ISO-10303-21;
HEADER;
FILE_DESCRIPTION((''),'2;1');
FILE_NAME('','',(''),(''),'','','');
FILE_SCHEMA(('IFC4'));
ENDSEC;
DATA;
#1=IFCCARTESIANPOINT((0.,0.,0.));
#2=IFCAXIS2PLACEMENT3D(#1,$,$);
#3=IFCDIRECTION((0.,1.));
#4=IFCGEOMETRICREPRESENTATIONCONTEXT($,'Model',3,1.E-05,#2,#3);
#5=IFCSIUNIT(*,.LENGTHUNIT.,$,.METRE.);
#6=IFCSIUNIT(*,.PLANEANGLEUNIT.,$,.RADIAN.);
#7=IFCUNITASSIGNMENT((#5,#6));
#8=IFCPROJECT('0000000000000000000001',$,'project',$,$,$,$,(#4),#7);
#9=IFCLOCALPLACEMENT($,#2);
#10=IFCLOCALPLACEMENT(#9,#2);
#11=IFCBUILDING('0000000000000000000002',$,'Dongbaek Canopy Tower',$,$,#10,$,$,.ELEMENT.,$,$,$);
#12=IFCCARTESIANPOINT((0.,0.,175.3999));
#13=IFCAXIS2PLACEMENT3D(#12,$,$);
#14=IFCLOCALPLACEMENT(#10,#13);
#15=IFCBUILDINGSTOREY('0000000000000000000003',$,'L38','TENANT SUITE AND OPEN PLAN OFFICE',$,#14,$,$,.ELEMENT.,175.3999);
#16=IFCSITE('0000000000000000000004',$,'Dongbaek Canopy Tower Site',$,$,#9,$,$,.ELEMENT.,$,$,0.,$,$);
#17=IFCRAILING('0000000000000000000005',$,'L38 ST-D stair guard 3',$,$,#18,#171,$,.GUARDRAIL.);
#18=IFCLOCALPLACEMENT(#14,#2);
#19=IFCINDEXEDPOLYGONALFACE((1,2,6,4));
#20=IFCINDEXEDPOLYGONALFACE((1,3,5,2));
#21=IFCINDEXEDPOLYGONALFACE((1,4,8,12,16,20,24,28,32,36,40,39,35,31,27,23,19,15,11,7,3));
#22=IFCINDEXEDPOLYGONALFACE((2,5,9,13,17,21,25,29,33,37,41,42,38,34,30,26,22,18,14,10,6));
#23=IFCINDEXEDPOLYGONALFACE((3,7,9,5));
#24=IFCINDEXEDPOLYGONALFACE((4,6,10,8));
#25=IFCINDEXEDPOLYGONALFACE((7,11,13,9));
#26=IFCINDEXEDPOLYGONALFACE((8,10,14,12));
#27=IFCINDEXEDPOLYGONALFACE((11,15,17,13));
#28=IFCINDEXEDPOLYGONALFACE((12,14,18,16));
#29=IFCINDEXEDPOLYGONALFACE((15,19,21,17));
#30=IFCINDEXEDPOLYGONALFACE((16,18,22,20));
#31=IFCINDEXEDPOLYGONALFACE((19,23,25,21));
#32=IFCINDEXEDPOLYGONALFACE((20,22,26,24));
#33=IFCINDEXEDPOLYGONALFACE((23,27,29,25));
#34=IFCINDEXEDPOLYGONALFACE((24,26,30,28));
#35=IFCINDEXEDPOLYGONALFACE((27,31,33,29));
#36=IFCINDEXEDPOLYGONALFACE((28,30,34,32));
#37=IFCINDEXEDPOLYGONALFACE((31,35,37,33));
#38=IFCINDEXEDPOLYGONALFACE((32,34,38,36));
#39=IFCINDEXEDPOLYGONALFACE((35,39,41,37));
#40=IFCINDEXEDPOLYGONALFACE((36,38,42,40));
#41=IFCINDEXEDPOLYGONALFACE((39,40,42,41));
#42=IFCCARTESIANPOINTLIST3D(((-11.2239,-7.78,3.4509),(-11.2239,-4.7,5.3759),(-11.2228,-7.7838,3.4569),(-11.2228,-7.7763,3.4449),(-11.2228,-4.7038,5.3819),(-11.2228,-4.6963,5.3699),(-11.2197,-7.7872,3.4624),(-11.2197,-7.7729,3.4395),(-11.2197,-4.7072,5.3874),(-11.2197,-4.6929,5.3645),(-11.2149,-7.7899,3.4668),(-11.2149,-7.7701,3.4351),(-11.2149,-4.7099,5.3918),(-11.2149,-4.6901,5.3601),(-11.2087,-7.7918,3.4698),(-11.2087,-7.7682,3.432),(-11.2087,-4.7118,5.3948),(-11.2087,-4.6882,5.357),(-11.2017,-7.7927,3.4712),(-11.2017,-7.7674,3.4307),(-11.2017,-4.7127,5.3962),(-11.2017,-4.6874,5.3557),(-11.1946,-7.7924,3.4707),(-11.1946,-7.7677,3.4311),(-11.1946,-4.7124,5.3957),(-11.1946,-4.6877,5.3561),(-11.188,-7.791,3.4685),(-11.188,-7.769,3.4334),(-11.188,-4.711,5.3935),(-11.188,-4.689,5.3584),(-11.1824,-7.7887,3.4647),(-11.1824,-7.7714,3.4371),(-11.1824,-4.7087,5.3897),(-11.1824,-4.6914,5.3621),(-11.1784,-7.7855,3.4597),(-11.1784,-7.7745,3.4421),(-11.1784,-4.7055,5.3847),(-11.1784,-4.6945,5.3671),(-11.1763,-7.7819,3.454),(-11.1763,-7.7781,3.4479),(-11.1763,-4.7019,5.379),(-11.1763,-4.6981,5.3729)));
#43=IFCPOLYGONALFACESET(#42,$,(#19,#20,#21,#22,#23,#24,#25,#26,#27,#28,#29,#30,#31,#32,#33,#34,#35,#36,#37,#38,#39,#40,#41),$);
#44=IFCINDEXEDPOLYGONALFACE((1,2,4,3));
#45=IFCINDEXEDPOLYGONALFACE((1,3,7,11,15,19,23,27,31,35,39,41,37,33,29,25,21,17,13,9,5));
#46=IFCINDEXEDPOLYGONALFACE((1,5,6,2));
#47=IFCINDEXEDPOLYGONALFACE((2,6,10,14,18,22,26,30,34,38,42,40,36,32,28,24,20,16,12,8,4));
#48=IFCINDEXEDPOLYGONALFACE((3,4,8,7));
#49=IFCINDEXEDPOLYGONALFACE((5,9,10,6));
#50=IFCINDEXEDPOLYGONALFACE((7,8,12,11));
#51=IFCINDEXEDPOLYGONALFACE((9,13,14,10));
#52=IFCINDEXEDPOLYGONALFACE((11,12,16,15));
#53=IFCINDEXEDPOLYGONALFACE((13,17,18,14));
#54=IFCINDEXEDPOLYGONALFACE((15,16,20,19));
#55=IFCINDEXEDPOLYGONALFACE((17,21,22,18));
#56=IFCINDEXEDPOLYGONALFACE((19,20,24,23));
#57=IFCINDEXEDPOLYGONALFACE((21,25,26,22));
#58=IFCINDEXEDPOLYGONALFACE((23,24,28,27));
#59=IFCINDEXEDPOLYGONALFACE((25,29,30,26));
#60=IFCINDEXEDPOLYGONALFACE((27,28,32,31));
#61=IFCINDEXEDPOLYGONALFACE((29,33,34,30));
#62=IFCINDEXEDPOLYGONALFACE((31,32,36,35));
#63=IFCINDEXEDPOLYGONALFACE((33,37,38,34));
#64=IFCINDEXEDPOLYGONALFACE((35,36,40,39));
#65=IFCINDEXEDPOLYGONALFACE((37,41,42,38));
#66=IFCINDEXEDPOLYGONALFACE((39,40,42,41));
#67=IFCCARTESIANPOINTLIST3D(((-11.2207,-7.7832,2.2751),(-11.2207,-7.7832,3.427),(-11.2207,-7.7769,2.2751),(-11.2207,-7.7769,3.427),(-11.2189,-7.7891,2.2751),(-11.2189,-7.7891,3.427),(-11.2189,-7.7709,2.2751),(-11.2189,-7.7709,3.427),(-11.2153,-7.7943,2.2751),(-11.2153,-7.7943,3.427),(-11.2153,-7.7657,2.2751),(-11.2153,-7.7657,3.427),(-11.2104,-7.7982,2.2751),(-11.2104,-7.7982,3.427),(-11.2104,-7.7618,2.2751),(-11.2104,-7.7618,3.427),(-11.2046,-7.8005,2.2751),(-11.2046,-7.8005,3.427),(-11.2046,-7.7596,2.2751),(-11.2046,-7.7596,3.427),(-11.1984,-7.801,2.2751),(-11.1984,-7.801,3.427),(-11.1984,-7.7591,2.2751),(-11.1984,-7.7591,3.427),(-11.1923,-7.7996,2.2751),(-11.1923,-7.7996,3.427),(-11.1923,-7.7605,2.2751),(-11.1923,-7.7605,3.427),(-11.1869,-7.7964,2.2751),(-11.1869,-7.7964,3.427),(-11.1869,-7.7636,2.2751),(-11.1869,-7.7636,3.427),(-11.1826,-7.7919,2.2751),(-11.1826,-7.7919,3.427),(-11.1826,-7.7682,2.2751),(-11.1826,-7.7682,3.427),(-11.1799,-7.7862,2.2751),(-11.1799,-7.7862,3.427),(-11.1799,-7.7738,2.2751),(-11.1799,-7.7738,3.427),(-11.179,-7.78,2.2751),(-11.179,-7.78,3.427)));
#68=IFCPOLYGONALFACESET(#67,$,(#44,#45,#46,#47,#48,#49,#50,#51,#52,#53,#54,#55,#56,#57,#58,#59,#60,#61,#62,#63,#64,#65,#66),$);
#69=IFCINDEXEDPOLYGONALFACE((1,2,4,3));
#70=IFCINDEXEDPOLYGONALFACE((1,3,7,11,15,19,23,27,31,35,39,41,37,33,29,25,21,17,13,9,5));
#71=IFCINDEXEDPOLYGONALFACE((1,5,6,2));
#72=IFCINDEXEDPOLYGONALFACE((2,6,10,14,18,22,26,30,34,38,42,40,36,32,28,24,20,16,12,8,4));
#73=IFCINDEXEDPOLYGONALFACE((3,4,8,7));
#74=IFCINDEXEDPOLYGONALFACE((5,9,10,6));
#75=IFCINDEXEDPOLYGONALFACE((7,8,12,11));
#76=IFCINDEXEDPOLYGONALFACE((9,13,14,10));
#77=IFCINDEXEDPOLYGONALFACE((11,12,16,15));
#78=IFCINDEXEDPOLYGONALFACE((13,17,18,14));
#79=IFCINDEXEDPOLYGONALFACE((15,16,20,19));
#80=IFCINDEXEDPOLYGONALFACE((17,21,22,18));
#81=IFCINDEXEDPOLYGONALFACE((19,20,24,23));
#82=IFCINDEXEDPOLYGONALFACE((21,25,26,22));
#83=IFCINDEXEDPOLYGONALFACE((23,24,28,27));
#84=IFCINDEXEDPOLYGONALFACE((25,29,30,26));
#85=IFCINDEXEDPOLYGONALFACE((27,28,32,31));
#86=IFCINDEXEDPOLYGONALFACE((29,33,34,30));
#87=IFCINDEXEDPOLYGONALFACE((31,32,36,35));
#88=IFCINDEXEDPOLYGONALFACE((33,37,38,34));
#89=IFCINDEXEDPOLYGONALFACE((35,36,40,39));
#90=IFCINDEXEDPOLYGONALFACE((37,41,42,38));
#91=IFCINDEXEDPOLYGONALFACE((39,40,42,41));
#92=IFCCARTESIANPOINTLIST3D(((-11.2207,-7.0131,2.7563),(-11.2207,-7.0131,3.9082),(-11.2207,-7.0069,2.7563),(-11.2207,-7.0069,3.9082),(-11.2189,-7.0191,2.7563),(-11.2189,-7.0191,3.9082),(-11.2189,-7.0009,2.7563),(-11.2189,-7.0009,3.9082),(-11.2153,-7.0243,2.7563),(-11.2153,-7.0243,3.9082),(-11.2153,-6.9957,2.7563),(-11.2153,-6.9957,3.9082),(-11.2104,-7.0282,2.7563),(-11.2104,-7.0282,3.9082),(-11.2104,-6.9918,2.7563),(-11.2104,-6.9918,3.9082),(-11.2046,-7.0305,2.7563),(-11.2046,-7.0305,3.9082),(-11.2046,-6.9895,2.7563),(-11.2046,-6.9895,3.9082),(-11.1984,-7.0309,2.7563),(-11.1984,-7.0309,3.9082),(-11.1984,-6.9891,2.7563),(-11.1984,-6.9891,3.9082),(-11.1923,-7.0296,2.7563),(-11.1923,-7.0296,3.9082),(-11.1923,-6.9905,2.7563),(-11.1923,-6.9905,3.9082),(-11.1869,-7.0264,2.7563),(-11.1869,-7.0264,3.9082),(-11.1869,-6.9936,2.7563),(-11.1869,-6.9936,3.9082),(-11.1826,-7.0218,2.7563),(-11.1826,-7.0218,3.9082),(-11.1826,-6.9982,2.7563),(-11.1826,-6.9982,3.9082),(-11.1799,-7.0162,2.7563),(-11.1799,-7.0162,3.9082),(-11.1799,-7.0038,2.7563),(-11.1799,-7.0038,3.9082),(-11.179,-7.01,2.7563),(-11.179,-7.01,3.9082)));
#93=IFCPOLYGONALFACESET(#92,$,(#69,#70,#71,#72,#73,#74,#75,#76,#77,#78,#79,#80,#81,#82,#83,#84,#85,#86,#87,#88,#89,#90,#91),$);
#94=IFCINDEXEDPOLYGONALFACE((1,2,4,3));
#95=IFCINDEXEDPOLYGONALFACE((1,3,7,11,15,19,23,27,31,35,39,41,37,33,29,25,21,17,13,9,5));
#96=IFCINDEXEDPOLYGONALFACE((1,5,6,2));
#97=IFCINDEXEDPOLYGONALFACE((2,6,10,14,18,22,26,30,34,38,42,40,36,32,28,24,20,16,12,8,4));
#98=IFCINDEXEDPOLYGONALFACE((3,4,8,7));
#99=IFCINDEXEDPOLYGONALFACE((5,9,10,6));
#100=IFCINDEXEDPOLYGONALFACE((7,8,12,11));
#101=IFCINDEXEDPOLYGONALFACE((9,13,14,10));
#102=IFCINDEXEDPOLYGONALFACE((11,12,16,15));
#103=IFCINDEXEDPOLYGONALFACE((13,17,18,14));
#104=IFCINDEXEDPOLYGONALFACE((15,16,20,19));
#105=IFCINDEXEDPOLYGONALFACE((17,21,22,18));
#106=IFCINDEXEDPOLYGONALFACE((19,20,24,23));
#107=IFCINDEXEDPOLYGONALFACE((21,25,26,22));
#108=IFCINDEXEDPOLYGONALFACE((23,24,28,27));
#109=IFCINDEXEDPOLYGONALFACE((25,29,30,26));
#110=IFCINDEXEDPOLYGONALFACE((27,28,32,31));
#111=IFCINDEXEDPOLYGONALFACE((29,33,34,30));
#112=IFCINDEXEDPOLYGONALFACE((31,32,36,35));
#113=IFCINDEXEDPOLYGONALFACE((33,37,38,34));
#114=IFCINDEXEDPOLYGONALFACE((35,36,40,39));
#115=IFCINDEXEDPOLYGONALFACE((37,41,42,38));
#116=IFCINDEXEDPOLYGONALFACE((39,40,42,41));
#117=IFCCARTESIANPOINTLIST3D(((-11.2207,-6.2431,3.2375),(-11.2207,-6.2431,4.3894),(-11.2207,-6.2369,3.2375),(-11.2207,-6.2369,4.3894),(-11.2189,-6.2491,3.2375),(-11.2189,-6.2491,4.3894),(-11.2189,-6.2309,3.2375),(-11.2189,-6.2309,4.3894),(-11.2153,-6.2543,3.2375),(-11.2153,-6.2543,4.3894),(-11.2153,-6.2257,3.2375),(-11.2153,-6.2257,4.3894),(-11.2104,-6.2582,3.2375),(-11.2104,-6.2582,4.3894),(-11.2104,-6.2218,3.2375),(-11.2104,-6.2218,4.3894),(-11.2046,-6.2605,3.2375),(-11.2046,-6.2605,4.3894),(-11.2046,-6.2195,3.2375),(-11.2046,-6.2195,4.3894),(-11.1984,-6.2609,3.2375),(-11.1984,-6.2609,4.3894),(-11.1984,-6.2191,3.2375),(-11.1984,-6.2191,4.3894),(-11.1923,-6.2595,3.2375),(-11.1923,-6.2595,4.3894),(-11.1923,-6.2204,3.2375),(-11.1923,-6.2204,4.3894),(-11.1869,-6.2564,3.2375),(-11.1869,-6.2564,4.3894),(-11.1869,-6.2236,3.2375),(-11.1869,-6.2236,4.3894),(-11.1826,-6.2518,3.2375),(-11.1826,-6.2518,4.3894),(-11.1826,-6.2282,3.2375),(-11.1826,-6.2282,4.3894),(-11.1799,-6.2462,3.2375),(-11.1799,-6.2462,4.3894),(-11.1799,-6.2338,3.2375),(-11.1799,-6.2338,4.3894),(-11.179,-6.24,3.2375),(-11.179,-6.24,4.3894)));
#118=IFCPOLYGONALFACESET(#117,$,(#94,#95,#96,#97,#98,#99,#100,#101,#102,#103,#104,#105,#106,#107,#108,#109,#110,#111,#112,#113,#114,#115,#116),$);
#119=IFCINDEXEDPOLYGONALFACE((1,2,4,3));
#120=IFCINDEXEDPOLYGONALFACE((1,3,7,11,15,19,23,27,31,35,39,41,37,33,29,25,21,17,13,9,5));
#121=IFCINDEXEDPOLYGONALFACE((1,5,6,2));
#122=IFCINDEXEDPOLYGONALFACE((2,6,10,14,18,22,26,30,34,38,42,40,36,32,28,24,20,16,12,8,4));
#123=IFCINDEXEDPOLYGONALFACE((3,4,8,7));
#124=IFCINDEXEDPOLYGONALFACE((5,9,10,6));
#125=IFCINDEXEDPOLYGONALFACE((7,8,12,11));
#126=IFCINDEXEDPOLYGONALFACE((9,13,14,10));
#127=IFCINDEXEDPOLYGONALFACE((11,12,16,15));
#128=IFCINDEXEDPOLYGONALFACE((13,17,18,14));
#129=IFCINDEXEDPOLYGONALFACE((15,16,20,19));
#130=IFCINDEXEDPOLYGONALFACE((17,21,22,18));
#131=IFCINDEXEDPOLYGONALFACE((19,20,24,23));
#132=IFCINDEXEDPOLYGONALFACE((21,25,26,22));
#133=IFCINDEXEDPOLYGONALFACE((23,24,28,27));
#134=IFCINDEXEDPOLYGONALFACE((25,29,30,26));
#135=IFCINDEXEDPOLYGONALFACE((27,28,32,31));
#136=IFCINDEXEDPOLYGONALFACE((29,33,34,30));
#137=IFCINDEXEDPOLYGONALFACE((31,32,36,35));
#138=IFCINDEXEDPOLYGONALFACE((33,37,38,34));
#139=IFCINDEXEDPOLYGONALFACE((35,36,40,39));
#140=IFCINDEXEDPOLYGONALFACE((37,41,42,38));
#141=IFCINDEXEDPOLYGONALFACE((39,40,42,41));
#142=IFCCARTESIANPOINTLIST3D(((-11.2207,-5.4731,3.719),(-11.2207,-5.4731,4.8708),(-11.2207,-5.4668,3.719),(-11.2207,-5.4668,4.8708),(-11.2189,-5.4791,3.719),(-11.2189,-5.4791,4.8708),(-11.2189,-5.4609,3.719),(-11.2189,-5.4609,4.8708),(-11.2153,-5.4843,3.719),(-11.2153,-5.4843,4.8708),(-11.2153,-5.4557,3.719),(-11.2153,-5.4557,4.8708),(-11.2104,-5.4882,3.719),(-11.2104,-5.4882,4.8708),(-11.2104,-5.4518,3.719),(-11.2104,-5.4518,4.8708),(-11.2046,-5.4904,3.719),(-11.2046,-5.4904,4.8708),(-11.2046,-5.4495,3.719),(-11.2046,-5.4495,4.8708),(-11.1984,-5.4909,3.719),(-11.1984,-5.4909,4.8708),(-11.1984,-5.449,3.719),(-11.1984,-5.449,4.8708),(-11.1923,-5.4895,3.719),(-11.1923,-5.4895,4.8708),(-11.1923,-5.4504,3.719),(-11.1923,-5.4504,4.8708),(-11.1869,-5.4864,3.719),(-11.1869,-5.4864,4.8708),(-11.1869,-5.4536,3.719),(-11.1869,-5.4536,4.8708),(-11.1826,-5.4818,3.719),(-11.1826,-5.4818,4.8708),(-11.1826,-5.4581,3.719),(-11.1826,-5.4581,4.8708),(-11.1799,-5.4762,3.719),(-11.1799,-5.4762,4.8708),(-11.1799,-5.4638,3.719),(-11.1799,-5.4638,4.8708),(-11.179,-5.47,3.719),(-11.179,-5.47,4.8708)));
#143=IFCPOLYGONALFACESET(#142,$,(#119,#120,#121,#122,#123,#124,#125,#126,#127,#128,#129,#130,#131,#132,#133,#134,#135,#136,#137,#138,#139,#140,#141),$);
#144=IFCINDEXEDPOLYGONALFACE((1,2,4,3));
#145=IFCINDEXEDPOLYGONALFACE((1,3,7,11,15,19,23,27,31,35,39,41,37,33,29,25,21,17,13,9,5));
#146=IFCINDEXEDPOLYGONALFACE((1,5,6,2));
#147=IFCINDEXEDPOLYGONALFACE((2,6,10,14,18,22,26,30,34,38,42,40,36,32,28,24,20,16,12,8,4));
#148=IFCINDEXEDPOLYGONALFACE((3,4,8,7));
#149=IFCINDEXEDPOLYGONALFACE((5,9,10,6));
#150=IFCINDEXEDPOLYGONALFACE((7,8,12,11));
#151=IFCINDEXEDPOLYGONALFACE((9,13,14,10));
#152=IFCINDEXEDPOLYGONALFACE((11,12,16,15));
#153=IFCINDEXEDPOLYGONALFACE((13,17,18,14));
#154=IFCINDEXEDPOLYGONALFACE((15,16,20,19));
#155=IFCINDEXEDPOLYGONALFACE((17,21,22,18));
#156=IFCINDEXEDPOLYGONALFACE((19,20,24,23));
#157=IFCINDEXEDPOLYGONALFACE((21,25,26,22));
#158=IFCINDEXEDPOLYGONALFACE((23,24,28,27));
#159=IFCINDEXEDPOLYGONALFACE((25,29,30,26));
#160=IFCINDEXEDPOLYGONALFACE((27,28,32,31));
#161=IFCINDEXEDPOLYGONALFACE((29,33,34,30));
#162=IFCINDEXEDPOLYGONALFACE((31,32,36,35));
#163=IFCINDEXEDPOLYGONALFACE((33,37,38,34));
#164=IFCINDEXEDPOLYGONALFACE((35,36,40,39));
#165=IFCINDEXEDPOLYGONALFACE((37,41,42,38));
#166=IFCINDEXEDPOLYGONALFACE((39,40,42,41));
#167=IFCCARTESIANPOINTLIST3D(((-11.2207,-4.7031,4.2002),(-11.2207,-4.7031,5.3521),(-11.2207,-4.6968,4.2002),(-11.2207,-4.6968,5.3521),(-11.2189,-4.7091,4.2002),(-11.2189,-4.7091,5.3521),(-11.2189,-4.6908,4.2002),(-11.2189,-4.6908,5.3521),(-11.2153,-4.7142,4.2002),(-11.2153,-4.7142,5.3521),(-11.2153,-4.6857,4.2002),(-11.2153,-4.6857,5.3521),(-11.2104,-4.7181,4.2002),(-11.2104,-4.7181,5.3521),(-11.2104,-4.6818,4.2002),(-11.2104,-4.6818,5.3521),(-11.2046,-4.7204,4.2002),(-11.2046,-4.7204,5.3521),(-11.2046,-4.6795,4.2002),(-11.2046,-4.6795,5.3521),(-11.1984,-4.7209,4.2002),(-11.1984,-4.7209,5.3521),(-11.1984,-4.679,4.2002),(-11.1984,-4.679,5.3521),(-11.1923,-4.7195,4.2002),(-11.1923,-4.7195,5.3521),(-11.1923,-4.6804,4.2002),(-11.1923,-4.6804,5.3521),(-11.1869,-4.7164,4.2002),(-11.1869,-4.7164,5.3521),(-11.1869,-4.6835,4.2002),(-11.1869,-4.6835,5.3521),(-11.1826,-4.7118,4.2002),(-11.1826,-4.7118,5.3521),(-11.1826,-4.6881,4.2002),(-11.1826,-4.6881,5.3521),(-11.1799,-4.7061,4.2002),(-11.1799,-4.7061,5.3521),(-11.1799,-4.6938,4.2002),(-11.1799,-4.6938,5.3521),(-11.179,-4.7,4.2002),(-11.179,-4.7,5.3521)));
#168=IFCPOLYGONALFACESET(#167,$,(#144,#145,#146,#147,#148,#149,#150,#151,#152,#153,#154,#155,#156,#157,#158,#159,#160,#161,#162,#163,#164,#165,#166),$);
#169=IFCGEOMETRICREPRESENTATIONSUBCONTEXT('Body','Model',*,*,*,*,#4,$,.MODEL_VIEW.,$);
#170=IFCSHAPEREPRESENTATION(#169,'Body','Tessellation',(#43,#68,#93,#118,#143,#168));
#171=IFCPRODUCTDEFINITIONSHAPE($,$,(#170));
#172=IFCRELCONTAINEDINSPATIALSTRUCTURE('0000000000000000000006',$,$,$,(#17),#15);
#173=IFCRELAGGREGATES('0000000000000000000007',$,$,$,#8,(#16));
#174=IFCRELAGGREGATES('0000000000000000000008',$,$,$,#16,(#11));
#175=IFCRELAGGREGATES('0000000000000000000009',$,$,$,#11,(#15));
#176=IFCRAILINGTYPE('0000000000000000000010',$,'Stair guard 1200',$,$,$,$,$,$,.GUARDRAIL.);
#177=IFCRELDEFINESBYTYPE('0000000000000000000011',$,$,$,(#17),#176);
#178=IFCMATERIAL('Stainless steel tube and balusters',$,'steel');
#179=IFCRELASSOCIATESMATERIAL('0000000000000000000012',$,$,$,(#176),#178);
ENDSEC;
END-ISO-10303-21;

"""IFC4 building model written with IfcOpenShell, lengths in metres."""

from ifc_helpers import new_model, si_unit, direction, frame, origin, origin_2d, place, context, subcontext, project, spatial, circle, extrude, material, type_object, element, save


model = new_model("IFC4")

# Units and contexts
model_context = context("Model", 3, precision=1e-05, world=origin(), true_north=direction((0.0, 1.0)))
body_context = subcontext(model_context, "Body", "Model", "MODEL_VIEW")
ifc_project = project(units=[si_unit("LENGTHUNIT", "METRE"), si_unit("PLANEANGLEUNIT", "RADIAN")], contexts=[model_context])

# Site, building, storey
site_placement = place(None, origin())
site = spatial("IfcSite", under=ifc_project, at=site_placement, Name="Dongbaek Canopy Tower Site", CompositionType="ELEMENT", RefElevation=0.0)
building_placement = place(site_placement, origin())
building = spatial("IfcBuilding", under=site, at=building_placement, Name="Dongbaek Canopy Tower", CompositionType="ELEMENT")
storey_placement = place(building_placement, frame((0.0, 0.0, 175.3999)))
storey = spatial("IfcBuildingStorey", under=building, at=storey_placement, Name="L38", Description="TENANT SUITE AND OPEN PLAN OFFICE", CompositionType="ELEMENT", Elevation=175.3999)

# Railing
ifc_material_1 = material(Name="Stainless steel tube and balusters", Category="steel")
railing_type_1 = type_object("IfcRailingType", Name="Stair guard 1200", PredefinedType="GUARDRAIL", material=ifc_material_1)
railing_1_placement = place(storey_placement, frame((-11.2, -7.78, 2.2751)))
element("IfcRailing", 1, at=railing_1_placement, inside=storey, type_object=railing_type_1, Name="L38 ST-D stair guard 3", PredefinedType="GUARDRAIL", context=body_context, shape_type="SweptSolid", body=[
    extrude(circle(Radius=0.0239, at=origin_2d()), frame((0.0, 0.0, 1.1758), z_axis=(0.0, 0.847998, 0.529999), x_axis=(-1.0, 0.0, 0.0)), (0.0, 0.0, 1.0), 3.6321),
    extrude(circle(Radius=0.021, at=origin_2d()), origin(), (0.0, 0.0, 1.0), 1.1519),
    extrude(circle(Radius=0.021, at=origin_2d()), frame((0.0, 0.77, 0.4812)), (0.0, 0.0, 1.0), 1.1519),
    extrude(circle(Radius=0.021, at=origin_2d()), frame((0.0, 1.54, 0.9624)), (0.0, 0.0, 1.0), 1.1519),
    extrude(circle(Radius=0.021, at=origin_2d()), frame((0.0, 2.3101, 1.4438)), (0.0, 0.0, 1.0), 1.1519),
    extrude(circle(Radius=0.021, at=origin_2d()), frame((0.0, 3.0801, 1.925)), (0.0, 0.0, 1.0), 1.1519),
])

save(model, "model.ifc")
